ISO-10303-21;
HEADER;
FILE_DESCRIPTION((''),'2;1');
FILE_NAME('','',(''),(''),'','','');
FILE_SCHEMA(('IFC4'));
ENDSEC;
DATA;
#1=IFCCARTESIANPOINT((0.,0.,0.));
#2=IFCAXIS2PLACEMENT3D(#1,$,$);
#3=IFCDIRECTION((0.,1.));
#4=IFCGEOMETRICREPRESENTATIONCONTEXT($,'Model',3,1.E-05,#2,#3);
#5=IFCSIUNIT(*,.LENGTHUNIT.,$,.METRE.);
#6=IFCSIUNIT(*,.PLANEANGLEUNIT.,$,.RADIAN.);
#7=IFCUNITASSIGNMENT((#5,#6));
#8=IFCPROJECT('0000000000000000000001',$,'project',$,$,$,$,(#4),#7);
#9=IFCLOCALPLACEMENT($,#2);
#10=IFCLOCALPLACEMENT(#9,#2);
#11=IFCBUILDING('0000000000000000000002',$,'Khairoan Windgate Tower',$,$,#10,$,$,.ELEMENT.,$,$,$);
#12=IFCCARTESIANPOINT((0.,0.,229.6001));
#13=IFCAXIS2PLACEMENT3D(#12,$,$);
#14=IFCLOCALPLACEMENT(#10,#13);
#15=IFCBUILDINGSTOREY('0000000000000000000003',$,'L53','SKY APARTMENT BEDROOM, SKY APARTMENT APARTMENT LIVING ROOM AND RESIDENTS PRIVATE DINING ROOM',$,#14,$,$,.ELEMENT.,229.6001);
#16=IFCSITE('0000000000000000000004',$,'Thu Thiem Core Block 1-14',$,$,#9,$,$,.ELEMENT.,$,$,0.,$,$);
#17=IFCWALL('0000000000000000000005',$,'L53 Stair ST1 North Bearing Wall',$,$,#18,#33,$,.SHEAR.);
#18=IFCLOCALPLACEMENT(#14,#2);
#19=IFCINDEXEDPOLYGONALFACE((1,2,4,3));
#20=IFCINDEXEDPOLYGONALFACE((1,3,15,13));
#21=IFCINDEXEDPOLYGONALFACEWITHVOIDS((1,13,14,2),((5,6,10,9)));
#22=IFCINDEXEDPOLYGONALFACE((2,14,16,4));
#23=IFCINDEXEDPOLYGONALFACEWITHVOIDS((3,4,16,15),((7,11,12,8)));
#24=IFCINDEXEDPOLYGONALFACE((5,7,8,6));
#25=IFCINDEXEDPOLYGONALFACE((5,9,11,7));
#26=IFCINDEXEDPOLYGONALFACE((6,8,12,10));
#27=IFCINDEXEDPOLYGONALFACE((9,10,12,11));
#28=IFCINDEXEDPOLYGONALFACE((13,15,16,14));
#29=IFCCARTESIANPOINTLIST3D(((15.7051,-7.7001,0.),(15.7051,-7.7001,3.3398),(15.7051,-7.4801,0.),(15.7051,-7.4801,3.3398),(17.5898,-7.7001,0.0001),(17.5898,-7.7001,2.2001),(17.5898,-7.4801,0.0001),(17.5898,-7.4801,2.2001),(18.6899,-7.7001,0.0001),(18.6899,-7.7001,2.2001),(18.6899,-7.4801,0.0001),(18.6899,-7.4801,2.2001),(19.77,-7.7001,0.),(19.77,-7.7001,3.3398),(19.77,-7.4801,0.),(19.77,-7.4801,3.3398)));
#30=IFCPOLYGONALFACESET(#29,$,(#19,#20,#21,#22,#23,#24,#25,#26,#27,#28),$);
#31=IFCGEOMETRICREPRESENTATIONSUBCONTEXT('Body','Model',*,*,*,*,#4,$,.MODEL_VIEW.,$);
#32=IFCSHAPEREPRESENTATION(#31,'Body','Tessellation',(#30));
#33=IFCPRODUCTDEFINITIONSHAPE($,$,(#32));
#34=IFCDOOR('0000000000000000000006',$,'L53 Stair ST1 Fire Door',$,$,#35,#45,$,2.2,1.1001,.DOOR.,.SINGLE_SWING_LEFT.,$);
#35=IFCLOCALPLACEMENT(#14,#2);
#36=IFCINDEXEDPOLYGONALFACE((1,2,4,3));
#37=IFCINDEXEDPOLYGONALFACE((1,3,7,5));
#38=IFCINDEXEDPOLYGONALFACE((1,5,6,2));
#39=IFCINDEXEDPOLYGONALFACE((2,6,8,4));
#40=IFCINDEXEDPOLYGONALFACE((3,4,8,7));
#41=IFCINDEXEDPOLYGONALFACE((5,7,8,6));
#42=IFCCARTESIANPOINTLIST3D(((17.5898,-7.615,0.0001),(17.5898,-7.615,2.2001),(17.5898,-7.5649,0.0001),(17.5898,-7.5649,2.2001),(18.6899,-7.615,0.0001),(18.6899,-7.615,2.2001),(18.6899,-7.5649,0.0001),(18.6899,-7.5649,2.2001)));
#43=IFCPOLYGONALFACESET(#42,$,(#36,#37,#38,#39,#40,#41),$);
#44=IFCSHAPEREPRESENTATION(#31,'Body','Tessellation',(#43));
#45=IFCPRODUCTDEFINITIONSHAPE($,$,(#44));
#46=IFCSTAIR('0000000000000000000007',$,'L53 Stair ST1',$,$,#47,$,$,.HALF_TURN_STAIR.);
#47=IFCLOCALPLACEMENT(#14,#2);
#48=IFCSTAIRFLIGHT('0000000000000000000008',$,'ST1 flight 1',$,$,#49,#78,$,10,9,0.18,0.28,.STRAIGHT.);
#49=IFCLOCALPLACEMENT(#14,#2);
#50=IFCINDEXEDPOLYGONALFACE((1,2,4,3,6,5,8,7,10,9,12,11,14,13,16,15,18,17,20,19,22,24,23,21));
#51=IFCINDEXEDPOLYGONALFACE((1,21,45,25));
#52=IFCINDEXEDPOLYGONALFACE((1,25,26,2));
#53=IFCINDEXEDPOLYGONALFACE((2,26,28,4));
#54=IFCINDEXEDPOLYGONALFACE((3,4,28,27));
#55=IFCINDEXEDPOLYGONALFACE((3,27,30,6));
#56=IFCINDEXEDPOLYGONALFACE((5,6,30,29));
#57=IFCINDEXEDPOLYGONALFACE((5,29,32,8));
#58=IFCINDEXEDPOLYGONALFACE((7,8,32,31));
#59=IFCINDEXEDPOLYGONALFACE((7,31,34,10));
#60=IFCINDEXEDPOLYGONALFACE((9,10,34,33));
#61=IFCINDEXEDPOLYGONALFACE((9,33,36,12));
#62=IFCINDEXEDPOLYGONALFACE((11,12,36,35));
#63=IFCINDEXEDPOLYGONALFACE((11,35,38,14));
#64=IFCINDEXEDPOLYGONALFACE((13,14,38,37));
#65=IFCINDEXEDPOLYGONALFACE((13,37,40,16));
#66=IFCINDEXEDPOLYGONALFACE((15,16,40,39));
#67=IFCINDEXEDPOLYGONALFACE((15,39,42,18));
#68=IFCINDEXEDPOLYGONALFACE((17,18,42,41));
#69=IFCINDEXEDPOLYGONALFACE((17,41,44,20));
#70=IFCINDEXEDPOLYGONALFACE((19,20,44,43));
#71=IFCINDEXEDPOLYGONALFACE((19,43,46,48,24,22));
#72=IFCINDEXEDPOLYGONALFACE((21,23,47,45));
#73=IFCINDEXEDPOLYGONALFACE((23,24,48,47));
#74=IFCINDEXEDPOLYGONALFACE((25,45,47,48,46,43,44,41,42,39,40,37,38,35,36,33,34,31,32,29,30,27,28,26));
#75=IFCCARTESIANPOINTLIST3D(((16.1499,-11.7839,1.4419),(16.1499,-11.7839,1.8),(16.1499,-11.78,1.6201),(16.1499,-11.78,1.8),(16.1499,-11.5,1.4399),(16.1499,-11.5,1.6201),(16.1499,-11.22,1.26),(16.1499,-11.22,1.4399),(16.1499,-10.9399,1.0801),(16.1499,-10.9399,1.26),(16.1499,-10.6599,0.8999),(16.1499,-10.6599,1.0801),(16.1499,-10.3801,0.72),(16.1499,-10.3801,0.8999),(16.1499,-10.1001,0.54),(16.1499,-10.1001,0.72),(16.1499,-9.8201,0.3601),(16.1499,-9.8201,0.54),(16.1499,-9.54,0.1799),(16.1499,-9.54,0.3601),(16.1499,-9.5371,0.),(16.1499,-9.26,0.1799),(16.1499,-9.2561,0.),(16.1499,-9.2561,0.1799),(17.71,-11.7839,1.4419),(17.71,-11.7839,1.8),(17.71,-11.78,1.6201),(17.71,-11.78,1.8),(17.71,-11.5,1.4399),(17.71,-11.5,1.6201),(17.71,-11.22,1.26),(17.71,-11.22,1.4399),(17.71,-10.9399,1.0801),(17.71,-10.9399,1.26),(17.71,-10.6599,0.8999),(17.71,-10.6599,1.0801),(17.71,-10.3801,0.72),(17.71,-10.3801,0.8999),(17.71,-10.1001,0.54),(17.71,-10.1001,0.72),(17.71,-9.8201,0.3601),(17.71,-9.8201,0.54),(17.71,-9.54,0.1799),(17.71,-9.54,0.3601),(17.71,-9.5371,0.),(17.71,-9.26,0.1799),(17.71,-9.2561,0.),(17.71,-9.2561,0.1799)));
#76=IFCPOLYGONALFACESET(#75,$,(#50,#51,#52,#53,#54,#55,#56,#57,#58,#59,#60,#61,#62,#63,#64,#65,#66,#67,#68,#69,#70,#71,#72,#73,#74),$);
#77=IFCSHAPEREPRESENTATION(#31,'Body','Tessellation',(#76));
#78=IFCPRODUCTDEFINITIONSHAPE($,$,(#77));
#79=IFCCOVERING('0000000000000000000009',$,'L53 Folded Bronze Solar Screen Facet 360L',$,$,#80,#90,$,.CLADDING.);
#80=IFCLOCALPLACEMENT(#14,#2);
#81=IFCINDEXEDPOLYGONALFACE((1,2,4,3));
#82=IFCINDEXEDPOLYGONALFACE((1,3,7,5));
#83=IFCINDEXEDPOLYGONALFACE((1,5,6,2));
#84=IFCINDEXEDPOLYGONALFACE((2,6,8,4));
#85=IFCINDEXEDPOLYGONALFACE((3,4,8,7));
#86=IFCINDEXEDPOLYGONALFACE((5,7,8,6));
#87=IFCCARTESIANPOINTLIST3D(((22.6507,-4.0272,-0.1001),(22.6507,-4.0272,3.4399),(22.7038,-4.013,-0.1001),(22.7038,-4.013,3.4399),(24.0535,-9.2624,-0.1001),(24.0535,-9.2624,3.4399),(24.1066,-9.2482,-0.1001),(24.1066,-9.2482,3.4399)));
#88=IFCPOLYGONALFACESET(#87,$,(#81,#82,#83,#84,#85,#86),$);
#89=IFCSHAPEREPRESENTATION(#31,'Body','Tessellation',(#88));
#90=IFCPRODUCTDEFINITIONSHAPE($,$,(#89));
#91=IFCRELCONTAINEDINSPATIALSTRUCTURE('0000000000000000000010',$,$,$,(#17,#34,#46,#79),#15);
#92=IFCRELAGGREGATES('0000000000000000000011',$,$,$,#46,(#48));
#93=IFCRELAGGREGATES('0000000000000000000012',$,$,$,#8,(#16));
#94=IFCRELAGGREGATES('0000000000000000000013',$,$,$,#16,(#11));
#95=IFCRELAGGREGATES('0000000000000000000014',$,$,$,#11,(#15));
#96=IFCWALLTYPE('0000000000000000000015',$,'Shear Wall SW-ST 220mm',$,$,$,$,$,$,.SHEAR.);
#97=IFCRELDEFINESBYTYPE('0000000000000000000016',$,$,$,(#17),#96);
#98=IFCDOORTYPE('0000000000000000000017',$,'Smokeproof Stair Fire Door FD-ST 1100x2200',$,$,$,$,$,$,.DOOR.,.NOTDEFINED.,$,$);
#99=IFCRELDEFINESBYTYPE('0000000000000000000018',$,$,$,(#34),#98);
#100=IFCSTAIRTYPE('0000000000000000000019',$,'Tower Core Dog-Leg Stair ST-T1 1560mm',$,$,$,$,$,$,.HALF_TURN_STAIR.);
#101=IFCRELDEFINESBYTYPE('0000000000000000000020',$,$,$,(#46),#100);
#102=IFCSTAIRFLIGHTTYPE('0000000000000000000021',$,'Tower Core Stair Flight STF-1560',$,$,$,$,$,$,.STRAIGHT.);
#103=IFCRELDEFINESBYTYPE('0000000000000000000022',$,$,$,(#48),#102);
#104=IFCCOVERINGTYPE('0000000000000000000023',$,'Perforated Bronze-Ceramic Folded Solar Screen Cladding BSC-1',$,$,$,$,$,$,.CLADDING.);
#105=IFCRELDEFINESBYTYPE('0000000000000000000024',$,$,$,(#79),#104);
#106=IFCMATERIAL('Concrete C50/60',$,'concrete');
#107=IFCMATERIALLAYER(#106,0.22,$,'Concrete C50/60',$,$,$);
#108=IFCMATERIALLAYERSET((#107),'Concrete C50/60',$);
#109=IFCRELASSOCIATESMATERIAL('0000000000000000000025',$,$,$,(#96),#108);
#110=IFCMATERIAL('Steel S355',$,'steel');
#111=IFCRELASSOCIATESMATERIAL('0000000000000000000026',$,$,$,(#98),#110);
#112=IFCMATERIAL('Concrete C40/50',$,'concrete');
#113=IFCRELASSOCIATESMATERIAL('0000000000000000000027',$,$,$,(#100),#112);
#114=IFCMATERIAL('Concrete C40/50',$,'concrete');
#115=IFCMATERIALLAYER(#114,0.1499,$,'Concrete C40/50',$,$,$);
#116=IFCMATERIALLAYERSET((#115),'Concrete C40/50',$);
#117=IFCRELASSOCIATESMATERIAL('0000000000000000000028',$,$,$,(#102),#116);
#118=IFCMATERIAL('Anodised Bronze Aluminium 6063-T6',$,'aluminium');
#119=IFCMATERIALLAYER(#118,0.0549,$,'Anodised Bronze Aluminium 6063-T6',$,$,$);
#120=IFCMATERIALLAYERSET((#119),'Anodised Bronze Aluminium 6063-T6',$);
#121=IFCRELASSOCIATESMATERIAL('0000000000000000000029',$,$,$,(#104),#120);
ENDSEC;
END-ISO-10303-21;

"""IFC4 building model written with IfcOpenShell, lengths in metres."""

from ifc_helpers import new_model, si_unit, direction, frame, frame_2d, origin, origin_2d, place, context, subcontext, project, spatial, polyline, rectangle, outline, extrude, material, layer, layer_set, type_object, element, fill, aggregate, save


model = new_model("IFC4")

# Units and contexts
model_context = context("Model", 3, precision=1e-05, world=origin(), true_north=direction((0.0, 1.0)))
body_context = subcontext(model_context, "Body", "Model", "MODEL_VIEW")
ifc_project = project(units=[si_unit("LENGTHUNIT", "METRE"), si_unit("PLANEANGLEUNIT", "RADIAN")], contexts=[model_context])

# Site, building, storey
site_placement = place(None, origin())
site = spatial("IfcSite", under=ifc_project, at=site_placement, Name="Thu Thiem Core Block 1-14", CompositionType="ELEMENT", RefElevation=0.0)
building_placement = place(site_placement, origin())
building = spatial("IfcBuilding", under=site, at=building_placement, Name="Khairoan Windgate Tower", CompositionType="ELEMENT")
storey_placement = place(building_placement, frame((0.0, 0.0, 229.6001)))
storey = spatial("IfcBuildingStorey", under=building, at=storey_placement, Name="L53", Description="SKY APARTMENT BEDROOM, SKY APARTMENT APARTMENT LIVING ROOM AND RESIDENTS PRIVATE DINING ROOM", CompositionType="ELEMENT", Elevation=229.6001)

# Wall, opening, door
ifc_material_1 = material(Name="Concrete C50/60", Category="concrete")
ifc_layer_1 = layer(ifc_material_1, 0.22, Name="Concrete C50/60")
ifc_layer_set_1 = layer_set([ifc_layer_1], Name="Concrete C50/60")
wall_type_1 = type_object("IfcWallType", Name="Shear Wall SW-ST 220mm", PredefinedType="SHEAR", material=ifc_layer_set_1)
wall_1_placement = place(storey_placement, frame((19.77, -7.5901, 0.0), z_axis=(0.0, 0.0, 1.0), x_axis=(-1.0, 0.0, 0.0)))
wall_1 = element("IfcWall", 1, at=wall_1_placement, inside=storey, type_object=wall_type_1, Name="L53 Stair ST1 North Bearing Wall", PredefinedType="SHEAR", context=body_context, shape_type="SweptSolid", body=[
    extrude(rectangle(XDim=4.0649, YDim=0.22, at=frame_2d((2.0325, 0.0))), origin(), (0.0, 0.0, 1.0), 3.3398),
])
opening_1_placement = place(wall_1_placement, frame((1.0801, 0.0, 0.0)))
opening_1 = element("IfcOpeningElement", 2, at=opening_1_placement, cuts=wall_1, PredefinedType="OPENING", context=body_context, shape_type="SweptSolid", body=[
    extrude(rectangle(XDim=1.1001, YDim=2.2, at=frame_2d((0.55, 1.1001))), frame((0.0, 0.1199, 0.0), z_axis=(0.0, -1.0, 0.0), x_axis=(1.0, 0.0, 0.0)), (0.0, 0.0, 1.0), 0.24),
])
ifc_material_2 = material(Name="Steel S355", Category="steel")
door_type_1 = type_object("IfcDoorType", Name="Smokeproof Stair Fire Door FD-ST 1100x2200", OperationType="NOTDEFINED", PredefinedType="DOOR", material=ifc_material_2)
door_1_placement = place(opening_1_placement, origin())
door_1 = element("IfcDoor", 3, at=door_1_placement, inside=storey, type_object=door_type_1, Name="L53 Stair ST1 Fire Door", OperationType="SINGLE_SWING_LEFT", OverallHeight=2.2, OverallWidth=1.1001, PredefinedType="DOOR", context=body_context, shape_type="SweptSolid", body=[
    extrude(rectangle(XDim=1.1001, YDim=2.2, at=frame_2d((0.55, 1.1001))), frame((0.0, 0.0249, 0.0), z_axis=(0.0, -1.0, 0.0), x_axis=(1.0, 0.0, 0.0)), (0.0, 0.0, 1.0), 0.05),
])
fill(opening_1, door_1)

# Stair, stair flight
ifc_material_3 = material(Name="Concrete C40/50", Category="concrete")
stair_type = type_object("IfcStairType", Name="Tower Core Dog-Leg Stair ST-T1 1560mm", PredefinedType="HALF_TURN_STAIR", material=ifc_material_3)
stair_placement = place(storey_placement, origin())
stair = element("IfcStair", 4, at=stair_placement, inside=storey, type_object=stair_type, Name="L53 Stair ST1", PredefinedType="HALF_TURN_STAIR")
ifc_material_4 = material(Name="Concrete C40/50", Category="concrete")
ifc_layer_2 = layer(ifc_material_4, 0.1499, Name="Concrete C40/50")
ifc_layer_set_2 = layer_set([ifc_layer_2], Name="Concrete C40/50")
stair_flight_type = type_object("IfcStairFlightType", Name="Tower Core Stair Flight STF-1560", PredefinedType="STRAIGHT", material=ifc_layer_set_2)
stair_flight_placement = place(storey_placement, frame((16.9299, -9.26, 0.0), z_axis=(0.0, 0.0, 1.0), x_axis=(0.0, -1.0, 0.0)))
stair_flight = element("IfcStairFlight", 5, at=stair_flight_placement, type_object=stair_flight_type, Name="ST1 flight 1", NumberOfRisers=10, NumberOfTreads=9, PredefinedType="STRAIGHT", RiserHeight=0.18, TreadLength=0.28, context=body_context, shape_type="SweptSolid", body=[
    extrude(outline(polyline([(-0.0039, 0.0), (-0.0039, 0.1799), (0.0, 0.1799), (0.28, 0.1799), (0.28, 0.3601), (0.5601, 0.3601), (0.5601, 0.54), (0.8401, 0.54), (0.8401, 0.72), (1.1201, 0.72), (1.1201, 0.8999), (1.3999, 0.8999), (1.3999, 1.0801), (1.6799, 1.0801), (1.6799, 1.26), (1.96, 1.26), (1.96, 1.4399), (2.24, 1.4399), (2.24, 1.6201), (2.52, 1.6201), (2.52, 1.8), (2.5239, 1.8), (2.5239, 1.4419), (0.2771, 0.0), (-0.0039, 0.0)])), frame((0.0, 0.78, 0.0), z_axis=(0.0, -1.0, 0.0), x_axis=(1.0, 0.0, 0.0)), (0.0, 0.0, 1.0), 1.5601),
])
aggregate(stair, [stair_flight])

# Covering
ifc_material_5 = material(Name="Anodised Bronze Aluminium 6063-T6", Category="aluminium")
ifc_layer_3 = layer(ifc_material_5, 0.0549, Name="Anodised Bronze Aluminium 6063-T6")
ifc_layer_set_3 = layer_set([ifc_layer_3], Name="Anodised Bronze Aluminium 6063-T6")
covering_type = type_object("IfcCoveringType", Name="Perforated Bronze-Ceramic Folded Solar Screen Cladding BSC-1", PredefinedType="CLADDING", material=ifc_layer_set_3)
covering_placement = place(storey_placement, frame((23.3787, -6.6377, -0.1001), z_axis=(0.0, 0.0, 1.0), x_axis=(0.258819, -0.965926, 0.0)))
element("IfcCovering", 6, at=covering_placement, inside=storey, type_object=covering_type, Name="L53 Folded Bronze Solar Screen Facet 360L", PredefinedType="CLADDING", context=body_context, shape_type="SweptSolid", body=[
    extrude(rectangle(XDim=5.4199, YDim=0.0549, at=origin_2d()), origin(), (0.0, 0.0, 1.0), 3.54),
])

save(model, "model.ifc")
